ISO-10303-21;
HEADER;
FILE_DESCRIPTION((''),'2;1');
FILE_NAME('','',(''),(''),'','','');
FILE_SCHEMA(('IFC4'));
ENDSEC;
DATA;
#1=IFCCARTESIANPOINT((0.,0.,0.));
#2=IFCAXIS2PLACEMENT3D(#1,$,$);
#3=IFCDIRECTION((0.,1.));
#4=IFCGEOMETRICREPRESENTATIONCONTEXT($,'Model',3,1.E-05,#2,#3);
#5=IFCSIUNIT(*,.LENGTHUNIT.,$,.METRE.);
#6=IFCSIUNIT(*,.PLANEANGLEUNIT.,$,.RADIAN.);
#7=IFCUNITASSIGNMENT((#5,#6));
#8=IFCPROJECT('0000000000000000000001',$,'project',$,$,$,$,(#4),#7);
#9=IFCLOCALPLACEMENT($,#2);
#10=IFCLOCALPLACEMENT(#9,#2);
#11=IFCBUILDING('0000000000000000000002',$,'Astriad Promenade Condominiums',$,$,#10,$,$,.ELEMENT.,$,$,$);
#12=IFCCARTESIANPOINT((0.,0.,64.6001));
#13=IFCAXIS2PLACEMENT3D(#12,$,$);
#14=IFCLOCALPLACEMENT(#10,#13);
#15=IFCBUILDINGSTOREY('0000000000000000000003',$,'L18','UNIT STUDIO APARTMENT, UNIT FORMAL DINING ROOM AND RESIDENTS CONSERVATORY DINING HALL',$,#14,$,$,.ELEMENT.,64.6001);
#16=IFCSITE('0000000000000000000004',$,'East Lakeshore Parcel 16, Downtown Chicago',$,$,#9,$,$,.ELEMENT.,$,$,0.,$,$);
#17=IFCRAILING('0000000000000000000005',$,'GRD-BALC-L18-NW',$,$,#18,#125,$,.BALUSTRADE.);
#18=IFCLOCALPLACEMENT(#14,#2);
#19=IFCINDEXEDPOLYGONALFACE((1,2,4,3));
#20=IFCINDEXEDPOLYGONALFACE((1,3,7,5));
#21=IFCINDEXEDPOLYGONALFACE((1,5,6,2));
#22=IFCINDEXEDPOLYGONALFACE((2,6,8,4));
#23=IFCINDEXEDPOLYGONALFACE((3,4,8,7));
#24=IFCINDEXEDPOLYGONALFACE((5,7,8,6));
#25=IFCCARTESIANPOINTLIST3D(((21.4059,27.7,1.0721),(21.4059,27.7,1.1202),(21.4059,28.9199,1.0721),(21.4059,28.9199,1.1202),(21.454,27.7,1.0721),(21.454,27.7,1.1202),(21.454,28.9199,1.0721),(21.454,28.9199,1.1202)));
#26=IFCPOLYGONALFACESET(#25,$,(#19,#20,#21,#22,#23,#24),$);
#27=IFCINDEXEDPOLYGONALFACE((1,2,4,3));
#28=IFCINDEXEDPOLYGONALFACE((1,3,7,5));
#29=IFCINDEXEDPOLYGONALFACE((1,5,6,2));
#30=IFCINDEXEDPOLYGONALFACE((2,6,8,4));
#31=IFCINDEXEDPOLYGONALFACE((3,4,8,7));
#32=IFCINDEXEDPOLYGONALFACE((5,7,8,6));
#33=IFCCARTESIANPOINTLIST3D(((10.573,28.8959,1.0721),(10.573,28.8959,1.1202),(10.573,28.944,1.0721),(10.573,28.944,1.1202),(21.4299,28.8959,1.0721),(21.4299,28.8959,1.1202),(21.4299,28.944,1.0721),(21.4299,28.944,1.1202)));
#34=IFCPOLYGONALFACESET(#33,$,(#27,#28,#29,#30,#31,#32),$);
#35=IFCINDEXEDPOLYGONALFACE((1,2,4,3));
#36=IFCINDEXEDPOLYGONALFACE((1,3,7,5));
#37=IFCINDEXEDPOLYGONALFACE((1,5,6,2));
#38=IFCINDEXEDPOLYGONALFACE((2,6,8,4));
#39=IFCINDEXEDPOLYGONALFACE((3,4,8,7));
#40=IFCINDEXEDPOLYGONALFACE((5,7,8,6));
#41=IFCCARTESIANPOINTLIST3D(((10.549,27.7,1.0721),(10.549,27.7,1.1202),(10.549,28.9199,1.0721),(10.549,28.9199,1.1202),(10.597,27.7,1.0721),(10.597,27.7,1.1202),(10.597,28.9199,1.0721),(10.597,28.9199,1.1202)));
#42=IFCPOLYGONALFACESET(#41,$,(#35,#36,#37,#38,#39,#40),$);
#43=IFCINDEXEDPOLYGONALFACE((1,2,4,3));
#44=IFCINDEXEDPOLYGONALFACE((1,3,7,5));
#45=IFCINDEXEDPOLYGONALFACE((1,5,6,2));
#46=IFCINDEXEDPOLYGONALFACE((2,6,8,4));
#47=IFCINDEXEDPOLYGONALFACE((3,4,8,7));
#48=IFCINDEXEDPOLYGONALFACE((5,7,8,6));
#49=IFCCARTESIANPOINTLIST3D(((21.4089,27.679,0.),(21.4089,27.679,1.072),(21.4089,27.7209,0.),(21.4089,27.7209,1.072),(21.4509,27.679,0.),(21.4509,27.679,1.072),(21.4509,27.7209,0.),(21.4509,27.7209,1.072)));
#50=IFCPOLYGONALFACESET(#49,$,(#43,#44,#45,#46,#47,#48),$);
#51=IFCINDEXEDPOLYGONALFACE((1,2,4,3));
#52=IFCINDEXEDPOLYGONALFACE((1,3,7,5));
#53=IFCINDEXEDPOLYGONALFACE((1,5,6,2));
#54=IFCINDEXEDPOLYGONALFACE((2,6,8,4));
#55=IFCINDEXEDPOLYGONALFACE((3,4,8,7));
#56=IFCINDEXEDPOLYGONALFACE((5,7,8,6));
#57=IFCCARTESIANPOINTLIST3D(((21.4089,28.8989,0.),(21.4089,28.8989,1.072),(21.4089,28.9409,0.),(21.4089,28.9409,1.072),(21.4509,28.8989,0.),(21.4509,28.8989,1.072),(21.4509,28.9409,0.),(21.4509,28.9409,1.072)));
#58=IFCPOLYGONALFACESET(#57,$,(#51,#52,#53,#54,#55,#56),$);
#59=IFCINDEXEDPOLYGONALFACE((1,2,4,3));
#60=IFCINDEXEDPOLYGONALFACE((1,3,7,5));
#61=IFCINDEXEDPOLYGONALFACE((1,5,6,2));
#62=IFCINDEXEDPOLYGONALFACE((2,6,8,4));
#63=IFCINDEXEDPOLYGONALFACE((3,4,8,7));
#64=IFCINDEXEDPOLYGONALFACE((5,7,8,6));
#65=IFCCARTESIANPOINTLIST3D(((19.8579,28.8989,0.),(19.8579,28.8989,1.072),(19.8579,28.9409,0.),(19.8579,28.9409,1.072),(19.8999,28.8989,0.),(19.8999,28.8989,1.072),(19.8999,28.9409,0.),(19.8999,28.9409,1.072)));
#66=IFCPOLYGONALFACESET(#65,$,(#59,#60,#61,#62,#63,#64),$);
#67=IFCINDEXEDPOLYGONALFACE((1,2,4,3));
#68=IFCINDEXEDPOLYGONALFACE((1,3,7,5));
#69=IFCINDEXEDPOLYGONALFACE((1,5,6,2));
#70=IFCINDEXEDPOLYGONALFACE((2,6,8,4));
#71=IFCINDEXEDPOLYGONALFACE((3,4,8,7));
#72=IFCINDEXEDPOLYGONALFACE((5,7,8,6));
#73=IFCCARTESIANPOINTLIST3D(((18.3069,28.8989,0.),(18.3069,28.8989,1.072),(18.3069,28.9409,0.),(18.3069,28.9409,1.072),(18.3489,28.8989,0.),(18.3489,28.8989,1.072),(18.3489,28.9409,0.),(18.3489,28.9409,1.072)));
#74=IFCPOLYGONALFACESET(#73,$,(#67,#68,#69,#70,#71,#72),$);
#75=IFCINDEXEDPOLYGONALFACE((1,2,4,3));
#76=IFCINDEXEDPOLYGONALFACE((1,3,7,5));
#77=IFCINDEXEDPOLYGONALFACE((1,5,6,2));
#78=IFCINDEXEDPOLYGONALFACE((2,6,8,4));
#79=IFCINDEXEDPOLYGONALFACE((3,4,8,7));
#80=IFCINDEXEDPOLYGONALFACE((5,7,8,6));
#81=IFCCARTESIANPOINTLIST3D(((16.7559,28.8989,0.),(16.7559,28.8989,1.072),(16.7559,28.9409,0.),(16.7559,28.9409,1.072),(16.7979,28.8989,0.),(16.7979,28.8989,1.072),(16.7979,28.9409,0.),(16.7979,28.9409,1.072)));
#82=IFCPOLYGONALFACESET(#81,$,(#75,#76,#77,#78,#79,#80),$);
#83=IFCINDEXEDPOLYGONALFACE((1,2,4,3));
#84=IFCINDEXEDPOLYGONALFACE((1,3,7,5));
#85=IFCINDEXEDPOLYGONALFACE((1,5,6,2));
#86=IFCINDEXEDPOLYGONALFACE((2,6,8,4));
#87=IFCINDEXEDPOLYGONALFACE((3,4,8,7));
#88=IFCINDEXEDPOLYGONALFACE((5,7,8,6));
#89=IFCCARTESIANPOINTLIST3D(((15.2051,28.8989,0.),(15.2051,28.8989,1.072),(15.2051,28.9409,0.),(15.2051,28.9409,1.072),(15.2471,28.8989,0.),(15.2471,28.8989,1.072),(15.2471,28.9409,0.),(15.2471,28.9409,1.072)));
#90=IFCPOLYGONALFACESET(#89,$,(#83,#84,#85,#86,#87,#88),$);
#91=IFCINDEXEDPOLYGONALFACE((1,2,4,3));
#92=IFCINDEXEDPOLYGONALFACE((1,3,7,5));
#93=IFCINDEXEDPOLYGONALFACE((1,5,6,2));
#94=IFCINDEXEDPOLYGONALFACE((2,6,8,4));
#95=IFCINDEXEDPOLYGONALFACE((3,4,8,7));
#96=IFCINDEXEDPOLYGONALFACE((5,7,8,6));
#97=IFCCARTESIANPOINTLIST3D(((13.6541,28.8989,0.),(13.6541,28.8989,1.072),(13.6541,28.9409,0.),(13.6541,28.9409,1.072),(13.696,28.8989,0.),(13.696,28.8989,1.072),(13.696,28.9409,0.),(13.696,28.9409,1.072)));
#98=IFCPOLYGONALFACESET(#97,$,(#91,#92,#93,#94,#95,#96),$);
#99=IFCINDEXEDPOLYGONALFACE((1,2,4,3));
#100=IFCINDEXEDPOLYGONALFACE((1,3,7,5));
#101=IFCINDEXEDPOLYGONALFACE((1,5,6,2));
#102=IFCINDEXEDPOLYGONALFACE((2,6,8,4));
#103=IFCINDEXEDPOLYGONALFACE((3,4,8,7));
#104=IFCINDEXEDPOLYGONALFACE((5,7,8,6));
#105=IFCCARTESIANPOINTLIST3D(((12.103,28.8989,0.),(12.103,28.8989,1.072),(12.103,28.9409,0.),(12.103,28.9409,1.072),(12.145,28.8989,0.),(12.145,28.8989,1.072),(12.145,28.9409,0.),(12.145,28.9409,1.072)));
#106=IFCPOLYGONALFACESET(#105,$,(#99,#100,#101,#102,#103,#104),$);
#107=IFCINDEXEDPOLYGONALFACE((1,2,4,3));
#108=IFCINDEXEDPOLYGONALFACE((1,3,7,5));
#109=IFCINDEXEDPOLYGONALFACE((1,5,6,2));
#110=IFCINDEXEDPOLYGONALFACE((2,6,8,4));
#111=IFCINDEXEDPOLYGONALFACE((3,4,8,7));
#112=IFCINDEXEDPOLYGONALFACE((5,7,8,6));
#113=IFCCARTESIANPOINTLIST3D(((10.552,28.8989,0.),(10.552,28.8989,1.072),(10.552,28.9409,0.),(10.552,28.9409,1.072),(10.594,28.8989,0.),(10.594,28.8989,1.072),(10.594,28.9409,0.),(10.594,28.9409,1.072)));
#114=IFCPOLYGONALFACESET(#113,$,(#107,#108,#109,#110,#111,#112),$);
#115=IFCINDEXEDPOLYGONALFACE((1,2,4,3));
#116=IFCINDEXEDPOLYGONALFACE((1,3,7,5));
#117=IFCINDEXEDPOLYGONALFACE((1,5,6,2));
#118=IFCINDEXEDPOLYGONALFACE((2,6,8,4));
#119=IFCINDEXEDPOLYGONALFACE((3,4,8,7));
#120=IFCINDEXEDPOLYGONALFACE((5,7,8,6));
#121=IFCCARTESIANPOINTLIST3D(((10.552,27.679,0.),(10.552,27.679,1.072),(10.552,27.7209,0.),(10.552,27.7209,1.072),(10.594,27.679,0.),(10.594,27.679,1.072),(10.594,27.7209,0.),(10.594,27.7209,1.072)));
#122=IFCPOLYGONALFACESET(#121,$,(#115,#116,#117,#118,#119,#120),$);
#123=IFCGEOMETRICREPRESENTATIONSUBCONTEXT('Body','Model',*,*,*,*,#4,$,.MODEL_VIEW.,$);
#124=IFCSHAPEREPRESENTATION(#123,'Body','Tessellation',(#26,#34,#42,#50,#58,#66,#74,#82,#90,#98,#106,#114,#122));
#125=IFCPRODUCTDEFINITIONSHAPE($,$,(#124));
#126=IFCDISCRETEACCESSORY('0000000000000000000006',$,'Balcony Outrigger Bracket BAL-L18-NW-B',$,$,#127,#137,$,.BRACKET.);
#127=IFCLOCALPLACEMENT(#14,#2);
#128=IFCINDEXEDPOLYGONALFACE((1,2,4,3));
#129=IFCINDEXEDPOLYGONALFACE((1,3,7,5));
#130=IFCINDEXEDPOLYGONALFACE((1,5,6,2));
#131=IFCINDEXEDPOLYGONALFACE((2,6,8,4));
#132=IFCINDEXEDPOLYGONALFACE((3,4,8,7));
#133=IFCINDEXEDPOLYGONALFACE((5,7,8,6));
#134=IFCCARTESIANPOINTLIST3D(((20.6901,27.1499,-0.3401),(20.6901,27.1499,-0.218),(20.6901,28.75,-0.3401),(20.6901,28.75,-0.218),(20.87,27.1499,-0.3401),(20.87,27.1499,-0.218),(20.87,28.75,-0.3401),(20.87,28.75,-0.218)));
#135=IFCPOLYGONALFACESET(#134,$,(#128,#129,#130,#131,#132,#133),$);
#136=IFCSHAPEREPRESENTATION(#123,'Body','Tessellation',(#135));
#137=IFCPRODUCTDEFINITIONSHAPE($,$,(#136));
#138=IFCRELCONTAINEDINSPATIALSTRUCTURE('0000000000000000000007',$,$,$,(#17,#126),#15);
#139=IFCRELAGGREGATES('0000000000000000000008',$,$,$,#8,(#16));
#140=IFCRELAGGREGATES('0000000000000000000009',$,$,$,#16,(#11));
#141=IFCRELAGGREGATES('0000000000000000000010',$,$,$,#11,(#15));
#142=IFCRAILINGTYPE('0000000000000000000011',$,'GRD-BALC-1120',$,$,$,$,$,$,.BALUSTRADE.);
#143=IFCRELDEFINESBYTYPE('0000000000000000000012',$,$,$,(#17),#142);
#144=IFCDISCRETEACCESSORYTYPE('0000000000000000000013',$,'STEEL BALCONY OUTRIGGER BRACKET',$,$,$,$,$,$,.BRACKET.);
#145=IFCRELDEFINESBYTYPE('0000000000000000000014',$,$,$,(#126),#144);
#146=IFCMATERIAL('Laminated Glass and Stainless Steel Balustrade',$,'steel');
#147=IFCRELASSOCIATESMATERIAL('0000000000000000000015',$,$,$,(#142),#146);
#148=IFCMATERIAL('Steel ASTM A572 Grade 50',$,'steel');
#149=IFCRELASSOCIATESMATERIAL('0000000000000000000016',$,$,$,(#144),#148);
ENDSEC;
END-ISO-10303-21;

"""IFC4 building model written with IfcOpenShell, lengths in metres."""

from ifc_helpers import new_model, si_unit, direction, frame, origin, origin_2d, place, context, subcontext, project, spatial, rectangle, extrude, source, transform, mapped, material, type_object, type_shapes, element, save


model = new_model("IFC4")

# Units and contexts
model_context = context("Model", 3, precision=1e-05, world=origin(), true_north=direction((0.0, 1.0)))
body_context = subcontext(model_context, "Body", "Model", "MODEL_VIEW")
ifc_project = project(units=[si_unit("LENGTHUNIT", "METRE"), si_unit("PLANEANGLEUNIT", "RADIAN")], contexts=[model_context])

# Site, building, storey
site_placement = place(None, origin())
site = spatial("IfcSite", under=ifc_project, at=site_placement, Name="East Lakeshore Parcel 16, Downtown Chicago", CompositionType="ELEMENT", RefElevation=0.0)
building_placement = place(site_placement, origin())
building = spatial("IfcBuilding", under=site, at=building_placement, Name="Astriad Promenade Condominiums", CompositionType="ELEMENT")
storey_placement = place(building_placement, frame((0.0, 0.0, 64.6001)))
storey = spatial("IfcBuildingStorey", under=building, at=storey_placement, Name="L18", Description="UNIT STUDIO APARTMENT, UNIT FORMAL DINING ROOM AND RESIDENTS CONSERVATORY DINING HALL", CompositionType="ELEMENT", Elevation=64.6001)

# Railing
ifc_material_1 = material(Name="Laminated Glass and Stainless Steel Balustrade", Category="steel")
railing_type = type_object("IfcRailingType", Name="GRD-BALC-1120", PredefinedType="BALUSTRADE", material=ifc_material_1)
shared_shape_1 = source(origin(), body_context, "Body", "SweptSolid", [
    extrude(rectangle(XDim=0.0481, YDim=0.0481, at=origin_2d()), frame((0.0, 0.0, 1.0962), z_axis=(0.0, 1.0, 0.0), x_axis=(-1.0, 0.0, 0.0)), (0.0, 0.0, 1.0), 1.22),
    extrude(rectangle(XDim=0.0481, YDim=0.0481, at=origin_2d()), frame((0.0, 1.22, 1.0962), z_axis=(-1.0, 0.0, 0.0), x_axis=(0.0, -1.0, 0.0)), (0.0, 0.0, 1.0), 10.8569),
    extrude(rectangle(XDim=0.0481, YDim=0.0481, at=origin_2d()), frame((-10.8569, 1.22, 1.0962), z_axis=(0.0, -1.0, 0.0), x_axis=(1.0, 0.0, 0.0)), (0.0, 0.0, 1.0), 1.22),
    extrude(rectangle(XDim=0.042, YDim=0.042, at=origin_2d()), origin(), (0.0, 0.0, 1.0), 1.072),
    extrude(rectangle(XDim=0.042, YDim=0.042, at=origin_2d()), frame((0.0, 1.22, 0.0)), (0.0, 0.0, 1.0), 1.072),
    extrude(rectangle(XDim=0.042, YDim=0.042, at=origin_2d()), frame((-1.551, 1.22, 0.0)), (0.0, 0.0, 1.0), 1.072),
    extrude(rectangle(XDim=0.042, YDim=0.042, at=origin_2d()), frame((-3.1021, 1.22, 0.0)), (0.0, 0.0, 1.0), 1.072),
    extrude(rectangle(XDim=0.042, YDim=0.042, at=origin_2d()), frame((-4.6531, 1.22, 0.0)), (0.0, 0.0, 1.0), 1.072),
    extrude(rectangle(XDim=0.042, YDim=0.042, at=origin_2d()), frame((-6.2039, 1.22, 0.0)), (0.0, 0.0, 1.0), 1.072),
    extrude(rectangle(XDim=0.042, YDim=0.042, at=origin_2d()), frame((-7.7549, 1.22, 0.0)), (0.0, 0.0, 1.0), 1.072),
    extrude(rectangle(XDim=0.042, YDim=0.042, at=origin_2d()), frame((-9.3059, 1.22, 0.0)), (0.0, 0.0, 1.0), 1.072),
    extrude(rectangle(XDim=0.042, YDim=0.042, at=origin_2d()), frame((-10.8569, 1.22, 0.0)), (0.0, 0.0, 1.0), 1.072),
    extrude(rectangle(XDim=0.042, YDim=0.042, at=origin_2d()), frame((-10.8569, 0.0, 0.0)), (0.0, 0.0, 1.0), 1.072),
])
type_shapes(railing_type, [shared_shape_1])
railing_placement = place(storey_placement, frame((21.4299, 27.7, 0.0)))
element("IfcRailing", 1, at=railing_placement, inside=storey, type_object=railing_type, Name="GRD-BALC-L18-NW", PredefinedType="BALUSTRADE", context=body_context, shape_type="MappedRepresentation", body=[
    mapped(shared_shape_1, transform((0.0, 0.0, 0.0), scale=1.0)),
])

# Discrete accessory
ifc_material_2 = material(Name="Steel ASTM A572 Grade 50", Category="steel")
discrete_accessory_type = type_object("IfcDiscreteAccessoryType", Name="STEEL BALCONY OUTRIGGER BRACKET", PredefinedType="BRACKET", material=ifc_material_2)
shared_shape_2 = source(origin(), body_context, "Body", "SweptSolid", [
    extrude(rectangle(XDim=1.6001, YDim=0.1799, at=origin_2d()), origin(), (0.0, 0.0, 1.0), 0.1221),
])
type_shapes(discrete_accessory_type, [shared_shape_2])
discrete_accessory_placement = place(storey_placement, frame((20.78, 27.95, -0.3401), z_axis=(0.0, 0.0, 1.0), x_axis=(0.0, 1.0, 0.0)))
element("IfcDiscreteAccessory", 2, at=discrete_accessory_placement, inside=storey, type_object=discrete_accessory_type, Name="Balcony Outrigger Bracket BAL-L18-NW-B", PredefinedType="BRACKET", context=body_context, shape_type="MappedRepresentation", body=[
    mapped(shared_shape_2, transform((0.0, 0.0, 0.0), scale=1.0)),
])

save(model, "model.ifc")
